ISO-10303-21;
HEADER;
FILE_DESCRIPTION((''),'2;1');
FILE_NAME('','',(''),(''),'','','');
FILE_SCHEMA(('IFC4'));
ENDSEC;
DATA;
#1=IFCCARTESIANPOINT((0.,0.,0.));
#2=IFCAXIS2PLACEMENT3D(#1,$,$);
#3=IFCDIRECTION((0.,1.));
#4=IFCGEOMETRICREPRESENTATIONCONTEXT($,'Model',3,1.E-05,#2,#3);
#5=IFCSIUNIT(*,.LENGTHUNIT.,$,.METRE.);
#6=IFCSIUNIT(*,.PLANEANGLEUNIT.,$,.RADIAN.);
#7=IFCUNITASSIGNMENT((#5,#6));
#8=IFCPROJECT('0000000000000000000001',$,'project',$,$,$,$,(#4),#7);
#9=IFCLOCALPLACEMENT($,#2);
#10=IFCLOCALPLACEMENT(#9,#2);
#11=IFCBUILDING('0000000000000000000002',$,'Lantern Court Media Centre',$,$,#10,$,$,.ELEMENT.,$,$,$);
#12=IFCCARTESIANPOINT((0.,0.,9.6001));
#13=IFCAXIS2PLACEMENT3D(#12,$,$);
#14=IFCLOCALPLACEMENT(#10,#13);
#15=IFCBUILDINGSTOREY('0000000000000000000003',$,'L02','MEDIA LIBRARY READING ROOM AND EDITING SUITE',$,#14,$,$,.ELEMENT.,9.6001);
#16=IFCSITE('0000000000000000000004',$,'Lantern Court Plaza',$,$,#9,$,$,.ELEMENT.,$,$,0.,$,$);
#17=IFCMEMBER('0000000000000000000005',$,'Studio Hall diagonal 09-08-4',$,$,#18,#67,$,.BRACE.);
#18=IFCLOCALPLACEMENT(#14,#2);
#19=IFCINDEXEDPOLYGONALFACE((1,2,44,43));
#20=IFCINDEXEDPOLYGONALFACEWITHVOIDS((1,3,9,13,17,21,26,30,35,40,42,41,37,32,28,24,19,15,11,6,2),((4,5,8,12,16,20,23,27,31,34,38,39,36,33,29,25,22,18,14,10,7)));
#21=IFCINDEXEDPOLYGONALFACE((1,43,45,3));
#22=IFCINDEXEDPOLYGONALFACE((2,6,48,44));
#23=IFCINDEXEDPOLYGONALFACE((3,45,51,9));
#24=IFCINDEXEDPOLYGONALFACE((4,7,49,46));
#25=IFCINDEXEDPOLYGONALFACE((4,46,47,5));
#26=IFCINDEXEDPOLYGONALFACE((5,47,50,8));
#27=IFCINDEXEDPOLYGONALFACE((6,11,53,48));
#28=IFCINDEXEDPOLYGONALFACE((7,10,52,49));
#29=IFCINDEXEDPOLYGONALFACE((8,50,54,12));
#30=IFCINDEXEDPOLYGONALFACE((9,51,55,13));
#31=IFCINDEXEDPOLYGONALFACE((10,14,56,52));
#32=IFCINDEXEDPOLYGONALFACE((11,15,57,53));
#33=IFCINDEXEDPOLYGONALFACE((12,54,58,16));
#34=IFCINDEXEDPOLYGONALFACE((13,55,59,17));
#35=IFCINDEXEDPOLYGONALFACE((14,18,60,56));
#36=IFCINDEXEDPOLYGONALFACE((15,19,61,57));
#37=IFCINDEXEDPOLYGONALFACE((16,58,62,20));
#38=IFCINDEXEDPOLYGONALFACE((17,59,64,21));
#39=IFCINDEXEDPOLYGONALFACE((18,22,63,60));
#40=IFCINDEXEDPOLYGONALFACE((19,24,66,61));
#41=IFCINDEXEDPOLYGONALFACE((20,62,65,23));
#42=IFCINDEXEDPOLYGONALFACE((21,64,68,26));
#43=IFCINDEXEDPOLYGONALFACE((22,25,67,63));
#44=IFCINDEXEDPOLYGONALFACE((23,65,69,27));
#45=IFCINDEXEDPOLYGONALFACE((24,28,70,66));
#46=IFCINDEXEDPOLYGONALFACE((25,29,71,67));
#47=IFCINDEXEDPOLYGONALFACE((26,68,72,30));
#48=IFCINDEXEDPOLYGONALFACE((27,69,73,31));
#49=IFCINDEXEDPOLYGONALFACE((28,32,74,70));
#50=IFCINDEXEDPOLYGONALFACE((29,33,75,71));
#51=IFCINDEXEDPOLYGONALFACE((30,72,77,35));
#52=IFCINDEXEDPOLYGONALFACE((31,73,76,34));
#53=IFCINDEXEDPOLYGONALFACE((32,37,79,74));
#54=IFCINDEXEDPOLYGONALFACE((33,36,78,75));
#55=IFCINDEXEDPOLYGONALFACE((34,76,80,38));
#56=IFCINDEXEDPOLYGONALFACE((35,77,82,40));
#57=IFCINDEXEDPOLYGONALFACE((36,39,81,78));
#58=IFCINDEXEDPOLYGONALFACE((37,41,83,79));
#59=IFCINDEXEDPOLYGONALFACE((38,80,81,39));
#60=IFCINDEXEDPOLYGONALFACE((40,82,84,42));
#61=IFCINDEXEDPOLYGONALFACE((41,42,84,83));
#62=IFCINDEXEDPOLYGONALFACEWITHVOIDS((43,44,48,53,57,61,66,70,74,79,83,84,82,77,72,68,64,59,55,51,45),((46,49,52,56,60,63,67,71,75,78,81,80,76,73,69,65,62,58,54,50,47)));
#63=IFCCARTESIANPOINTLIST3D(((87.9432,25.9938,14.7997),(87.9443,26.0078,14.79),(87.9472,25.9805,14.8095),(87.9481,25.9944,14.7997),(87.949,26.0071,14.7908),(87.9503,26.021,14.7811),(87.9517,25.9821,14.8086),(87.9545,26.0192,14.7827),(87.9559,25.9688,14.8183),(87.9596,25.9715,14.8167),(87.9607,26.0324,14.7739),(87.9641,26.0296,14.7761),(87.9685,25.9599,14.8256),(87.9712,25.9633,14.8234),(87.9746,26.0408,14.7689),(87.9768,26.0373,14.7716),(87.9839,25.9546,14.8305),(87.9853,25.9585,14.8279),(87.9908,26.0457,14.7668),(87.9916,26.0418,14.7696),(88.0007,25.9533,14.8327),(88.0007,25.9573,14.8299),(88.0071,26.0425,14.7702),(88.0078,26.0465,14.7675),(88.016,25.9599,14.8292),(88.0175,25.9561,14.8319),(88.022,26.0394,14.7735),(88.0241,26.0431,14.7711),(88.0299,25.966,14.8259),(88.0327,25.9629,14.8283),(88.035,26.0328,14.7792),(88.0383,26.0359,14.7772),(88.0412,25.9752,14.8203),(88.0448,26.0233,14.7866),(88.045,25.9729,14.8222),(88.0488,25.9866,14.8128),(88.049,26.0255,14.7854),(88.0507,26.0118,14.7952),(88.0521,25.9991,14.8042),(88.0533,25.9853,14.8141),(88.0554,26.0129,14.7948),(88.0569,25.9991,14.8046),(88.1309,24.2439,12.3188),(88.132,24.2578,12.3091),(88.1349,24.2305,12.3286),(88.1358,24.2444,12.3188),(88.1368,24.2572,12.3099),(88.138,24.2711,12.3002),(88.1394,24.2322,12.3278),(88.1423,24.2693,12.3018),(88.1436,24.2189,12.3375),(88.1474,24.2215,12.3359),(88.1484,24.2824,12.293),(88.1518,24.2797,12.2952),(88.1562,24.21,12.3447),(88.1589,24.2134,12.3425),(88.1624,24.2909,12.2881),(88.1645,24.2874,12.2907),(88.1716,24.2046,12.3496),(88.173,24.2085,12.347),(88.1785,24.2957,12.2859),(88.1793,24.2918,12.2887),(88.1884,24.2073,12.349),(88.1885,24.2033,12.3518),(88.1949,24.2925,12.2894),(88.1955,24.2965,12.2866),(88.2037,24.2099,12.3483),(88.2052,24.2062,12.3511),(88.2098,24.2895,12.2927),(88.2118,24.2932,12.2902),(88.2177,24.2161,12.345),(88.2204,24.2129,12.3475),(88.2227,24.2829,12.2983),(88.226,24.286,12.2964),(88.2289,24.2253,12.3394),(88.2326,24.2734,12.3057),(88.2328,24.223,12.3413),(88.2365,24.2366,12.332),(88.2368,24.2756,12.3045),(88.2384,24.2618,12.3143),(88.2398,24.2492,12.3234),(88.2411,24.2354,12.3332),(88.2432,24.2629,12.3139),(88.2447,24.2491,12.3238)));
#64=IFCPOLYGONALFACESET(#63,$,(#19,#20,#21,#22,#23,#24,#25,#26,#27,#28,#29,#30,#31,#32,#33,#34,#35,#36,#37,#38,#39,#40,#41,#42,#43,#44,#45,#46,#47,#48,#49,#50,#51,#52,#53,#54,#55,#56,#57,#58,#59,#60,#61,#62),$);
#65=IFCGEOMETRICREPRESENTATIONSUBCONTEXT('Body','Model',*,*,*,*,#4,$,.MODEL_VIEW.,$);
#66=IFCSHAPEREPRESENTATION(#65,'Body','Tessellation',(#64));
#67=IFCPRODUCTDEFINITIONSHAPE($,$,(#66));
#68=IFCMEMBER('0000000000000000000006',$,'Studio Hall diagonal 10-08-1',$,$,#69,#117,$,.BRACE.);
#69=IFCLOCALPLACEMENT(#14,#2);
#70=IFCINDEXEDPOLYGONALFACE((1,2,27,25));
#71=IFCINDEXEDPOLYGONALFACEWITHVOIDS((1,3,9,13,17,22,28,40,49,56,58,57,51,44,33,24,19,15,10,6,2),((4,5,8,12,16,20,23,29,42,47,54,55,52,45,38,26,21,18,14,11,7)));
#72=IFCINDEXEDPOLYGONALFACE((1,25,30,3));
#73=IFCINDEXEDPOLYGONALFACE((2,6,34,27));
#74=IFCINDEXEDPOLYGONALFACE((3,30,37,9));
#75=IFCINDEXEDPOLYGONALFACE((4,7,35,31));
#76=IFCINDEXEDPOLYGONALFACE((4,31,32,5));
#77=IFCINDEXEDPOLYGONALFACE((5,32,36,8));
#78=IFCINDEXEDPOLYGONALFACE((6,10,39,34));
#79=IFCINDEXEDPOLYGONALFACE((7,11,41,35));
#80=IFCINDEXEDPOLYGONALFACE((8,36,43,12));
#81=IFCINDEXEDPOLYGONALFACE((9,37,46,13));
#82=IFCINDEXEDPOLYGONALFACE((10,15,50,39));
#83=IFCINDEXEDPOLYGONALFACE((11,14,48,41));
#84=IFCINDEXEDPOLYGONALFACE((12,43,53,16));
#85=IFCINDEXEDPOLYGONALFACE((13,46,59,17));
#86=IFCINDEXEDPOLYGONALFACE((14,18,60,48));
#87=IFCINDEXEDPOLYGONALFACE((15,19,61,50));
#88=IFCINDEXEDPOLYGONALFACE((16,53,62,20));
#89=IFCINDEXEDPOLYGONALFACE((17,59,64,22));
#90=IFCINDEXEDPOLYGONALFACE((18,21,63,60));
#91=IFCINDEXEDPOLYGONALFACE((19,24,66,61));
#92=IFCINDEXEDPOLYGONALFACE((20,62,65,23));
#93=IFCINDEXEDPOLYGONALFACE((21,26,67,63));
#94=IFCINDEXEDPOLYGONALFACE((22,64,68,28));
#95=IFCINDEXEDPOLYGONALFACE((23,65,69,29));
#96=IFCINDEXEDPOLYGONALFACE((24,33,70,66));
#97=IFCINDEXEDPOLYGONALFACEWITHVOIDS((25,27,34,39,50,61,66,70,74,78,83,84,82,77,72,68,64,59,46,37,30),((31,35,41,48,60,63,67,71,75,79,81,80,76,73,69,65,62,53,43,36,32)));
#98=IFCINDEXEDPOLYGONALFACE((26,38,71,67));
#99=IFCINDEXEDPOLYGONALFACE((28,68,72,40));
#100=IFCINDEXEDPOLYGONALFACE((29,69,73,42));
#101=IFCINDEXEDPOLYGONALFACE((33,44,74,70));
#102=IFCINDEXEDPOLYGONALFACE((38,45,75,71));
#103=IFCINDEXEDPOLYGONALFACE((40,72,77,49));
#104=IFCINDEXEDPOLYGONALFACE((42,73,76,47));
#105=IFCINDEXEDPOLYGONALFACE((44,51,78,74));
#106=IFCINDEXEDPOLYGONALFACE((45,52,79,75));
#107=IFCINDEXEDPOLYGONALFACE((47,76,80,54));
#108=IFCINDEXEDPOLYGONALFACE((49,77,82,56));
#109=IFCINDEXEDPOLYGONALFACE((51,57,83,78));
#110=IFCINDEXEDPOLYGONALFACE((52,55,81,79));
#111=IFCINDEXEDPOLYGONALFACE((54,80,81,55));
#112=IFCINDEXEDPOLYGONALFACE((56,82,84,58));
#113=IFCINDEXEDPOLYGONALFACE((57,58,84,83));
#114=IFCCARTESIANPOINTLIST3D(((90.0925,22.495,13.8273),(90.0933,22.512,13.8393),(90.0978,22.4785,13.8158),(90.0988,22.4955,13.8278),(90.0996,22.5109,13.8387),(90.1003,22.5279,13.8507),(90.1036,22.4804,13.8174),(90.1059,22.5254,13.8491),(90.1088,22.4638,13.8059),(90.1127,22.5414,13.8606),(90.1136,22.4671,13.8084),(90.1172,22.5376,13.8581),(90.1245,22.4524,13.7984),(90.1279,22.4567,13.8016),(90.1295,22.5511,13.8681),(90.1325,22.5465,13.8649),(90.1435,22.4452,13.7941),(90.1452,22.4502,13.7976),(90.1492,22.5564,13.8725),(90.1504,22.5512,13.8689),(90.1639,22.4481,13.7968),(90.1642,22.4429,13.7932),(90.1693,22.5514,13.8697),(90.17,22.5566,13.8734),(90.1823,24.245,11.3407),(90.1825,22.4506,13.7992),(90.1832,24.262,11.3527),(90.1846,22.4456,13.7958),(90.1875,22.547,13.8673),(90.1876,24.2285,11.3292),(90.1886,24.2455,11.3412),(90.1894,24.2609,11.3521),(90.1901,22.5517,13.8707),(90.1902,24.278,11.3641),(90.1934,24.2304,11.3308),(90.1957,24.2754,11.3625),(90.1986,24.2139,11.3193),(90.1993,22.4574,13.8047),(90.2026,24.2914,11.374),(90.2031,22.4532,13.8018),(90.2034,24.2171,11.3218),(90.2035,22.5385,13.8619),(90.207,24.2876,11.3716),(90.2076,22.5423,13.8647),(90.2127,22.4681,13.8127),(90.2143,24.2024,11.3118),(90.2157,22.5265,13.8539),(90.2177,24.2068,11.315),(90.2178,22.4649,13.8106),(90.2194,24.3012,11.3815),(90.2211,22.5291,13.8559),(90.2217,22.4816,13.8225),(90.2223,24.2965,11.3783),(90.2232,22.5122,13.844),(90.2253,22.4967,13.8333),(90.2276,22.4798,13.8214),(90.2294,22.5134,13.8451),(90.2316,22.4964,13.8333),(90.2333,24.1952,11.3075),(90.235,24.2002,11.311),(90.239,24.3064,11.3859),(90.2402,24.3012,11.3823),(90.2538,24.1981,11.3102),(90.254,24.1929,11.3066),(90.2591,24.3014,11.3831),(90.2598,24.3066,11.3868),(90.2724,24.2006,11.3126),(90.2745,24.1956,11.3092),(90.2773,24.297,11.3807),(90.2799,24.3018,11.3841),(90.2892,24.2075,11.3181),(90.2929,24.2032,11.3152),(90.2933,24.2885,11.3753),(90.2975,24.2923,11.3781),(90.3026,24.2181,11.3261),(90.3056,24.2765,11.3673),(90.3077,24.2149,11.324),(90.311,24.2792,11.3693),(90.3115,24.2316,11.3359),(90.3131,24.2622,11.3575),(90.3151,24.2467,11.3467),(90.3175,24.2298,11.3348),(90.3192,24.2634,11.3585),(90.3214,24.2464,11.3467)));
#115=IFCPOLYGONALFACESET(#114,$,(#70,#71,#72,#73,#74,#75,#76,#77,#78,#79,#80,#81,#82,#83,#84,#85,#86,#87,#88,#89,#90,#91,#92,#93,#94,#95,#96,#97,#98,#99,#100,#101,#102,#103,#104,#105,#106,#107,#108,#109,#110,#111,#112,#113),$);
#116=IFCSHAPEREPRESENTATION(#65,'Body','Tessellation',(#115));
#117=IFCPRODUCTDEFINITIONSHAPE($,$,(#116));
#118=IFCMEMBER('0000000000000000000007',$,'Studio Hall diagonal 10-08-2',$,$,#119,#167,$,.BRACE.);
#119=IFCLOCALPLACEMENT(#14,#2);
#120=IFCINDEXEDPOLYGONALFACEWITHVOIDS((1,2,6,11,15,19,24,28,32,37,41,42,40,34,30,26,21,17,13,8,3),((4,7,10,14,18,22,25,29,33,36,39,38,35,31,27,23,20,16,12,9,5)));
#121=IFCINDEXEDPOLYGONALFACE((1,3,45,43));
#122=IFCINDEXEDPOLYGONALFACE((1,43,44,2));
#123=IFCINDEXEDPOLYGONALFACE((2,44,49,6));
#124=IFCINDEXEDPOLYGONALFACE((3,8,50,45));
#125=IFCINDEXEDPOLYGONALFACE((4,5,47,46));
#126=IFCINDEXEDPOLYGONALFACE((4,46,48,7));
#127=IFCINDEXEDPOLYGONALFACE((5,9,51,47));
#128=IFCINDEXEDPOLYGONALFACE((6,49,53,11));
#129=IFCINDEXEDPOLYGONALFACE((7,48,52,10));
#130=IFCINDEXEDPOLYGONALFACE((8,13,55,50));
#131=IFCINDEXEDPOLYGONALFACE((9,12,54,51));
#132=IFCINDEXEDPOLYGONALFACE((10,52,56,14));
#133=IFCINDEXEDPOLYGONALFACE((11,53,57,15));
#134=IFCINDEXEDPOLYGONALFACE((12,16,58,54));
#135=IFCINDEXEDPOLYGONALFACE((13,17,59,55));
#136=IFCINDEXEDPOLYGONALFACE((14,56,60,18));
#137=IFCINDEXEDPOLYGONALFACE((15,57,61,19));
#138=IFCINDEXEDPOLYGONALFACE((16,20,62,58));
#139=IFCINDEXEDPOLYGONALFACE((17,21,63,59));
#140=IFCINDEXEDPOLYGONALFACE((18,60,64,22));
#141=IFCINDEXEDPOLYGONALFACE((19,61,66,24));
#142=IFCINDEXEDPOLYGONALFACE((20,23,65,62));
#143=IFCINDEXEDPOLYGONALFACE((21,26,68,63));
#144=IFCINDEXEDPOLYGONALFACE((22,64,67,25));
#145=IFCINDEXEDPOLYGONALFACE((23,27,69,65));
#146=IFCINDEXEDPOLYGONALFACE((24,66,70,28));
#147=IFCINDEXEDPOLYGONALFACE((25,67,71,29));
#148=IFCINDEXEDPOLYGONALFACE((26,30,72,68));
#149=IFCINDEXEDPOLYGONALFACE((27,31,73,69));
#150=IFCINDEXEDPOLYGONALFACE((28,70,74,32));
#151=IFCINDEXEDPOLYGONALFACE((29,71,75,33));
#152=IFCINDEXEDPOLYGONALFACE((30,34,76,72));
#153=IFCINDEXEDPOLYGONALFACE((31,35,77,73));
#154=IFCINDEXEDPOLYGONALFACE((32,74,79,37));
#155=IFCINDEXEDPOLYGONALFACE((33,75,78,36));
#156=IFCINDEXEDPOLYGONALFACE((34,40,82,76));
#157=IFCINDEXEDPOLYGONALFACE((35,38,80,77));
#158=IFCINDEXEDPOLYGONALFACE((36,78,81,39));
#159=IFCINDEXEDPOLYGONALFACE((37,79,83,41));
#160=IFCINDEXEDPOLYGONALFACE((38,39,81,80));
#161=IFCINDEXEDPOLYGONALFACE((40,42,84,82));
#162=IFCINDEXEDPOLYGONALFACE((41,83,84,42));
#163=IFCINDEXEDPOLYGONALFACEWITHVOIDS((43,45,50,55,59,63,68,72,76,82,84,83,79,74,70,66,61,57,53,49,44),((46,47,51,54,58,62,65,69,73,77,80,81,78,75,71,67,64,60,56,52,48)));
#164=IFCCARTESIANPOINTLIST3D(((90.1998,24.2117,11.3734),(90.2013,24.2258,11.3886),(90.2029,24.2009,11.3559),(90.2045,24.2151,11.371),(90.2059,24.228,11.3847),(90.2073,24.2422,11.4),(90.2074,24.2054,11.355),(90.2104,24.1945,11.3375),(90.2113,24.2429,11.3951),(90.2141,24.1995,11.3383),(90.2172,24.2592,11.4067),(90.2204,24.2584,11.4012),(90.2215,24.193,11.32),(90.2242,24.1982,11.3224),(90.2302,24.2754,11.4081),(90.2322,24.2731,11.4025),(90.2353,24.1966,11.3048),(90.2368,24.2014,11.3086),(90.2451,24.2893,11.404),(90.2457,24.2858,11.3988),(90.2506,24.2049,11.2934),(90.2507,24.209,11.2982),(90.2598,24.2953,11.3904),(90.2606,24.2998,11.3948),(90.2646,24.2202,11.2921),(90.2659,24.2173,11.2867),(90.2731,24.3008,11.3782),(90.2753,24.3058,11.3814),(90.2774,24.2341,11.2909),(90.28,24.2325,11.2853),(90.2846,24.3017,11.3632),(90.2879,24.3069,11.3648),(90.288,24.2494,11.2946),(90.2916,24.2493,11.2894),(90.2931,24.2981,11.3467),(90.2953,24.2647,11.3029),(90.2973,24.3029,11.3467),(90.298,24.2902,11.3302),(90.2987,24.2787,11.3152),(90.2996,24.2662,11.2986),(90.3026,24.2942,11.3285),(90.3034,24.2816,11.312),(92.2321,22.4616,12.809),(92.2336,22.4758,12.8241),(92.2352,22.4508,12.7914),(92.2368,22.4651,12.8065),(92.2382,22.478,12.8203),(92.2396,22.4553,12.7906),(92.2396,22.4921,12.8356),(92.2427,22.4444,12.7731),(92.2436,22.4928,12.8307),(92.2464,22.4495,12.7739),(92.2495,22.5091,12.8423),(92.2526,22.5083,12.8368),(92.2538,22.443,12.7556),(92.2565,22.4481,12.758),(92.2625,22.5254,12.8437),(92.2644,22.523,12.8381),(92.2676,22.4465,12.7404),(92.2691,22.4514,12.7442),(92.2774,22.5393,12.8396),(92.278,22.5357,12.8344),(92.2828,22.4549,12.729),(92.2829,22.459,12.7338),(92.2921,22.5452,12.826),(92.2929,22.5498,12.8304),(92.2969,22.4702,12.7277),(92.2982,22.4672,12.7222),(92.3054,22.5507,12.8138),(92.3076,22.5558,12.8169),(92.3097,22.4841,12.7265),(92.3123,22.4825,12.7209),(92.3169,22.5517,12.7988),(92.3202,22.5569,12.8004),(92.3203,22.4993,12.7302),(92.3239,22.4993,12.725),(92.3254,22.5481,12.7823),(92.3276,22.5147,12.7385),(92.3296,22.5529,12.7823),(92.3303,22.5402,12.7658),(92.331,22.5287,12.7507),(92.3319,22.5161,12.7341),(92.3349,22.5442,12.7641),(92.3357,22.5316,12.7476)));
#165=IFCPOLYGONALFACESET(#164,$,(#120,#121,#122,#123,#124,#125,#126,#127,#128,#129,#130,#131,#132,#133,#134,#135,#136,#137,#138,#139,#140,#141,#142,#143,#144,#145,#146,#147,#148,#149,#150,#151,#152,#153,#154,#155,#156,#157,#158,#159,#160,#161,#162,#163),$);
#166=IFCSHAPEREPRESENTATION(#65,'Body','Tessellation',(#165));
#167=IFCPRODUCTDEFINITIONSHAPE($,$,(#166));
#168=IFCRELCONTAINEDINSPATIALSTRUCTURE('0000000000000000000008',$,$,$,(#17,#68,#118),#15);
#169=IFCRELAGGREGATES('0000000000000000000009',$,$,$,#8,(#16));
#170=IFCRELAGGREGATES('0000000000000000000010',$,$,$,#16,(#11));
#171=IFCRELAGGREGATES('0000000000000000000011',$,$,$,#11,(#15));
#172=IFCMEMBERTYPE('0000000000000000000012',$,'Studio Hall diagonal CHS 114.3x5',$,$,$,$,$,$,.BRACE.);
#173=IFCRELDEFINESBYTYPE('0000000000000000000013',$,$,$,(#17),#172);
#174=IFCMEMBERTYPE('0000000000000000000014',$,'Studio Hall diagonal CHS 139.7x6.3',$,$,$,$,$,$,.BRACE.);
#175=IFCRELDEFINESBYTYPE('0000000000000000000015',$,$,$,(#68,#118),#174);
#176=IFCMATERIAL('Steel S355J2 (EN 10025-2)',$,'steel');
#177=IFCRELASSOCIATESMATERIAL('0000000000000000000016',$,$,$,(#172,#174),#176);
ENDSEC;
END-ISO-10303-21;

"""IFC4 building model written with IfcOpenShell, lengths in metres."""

from ifc_helpers import new_model, si_unit, direction, frame, origin, origin_2d, place, context, subcontext, project, spatial, hollow_circle, extrude, material, material_profile, profile_set, type_object, element, save


model = new_model("IFC4")

# Units and contexts
model_context = context("Model", 3, precision=1e-05, world=origin(), true_north=direction((0.0, 1.0)))
body_context = subcontext(model_context, "Body", "Model", "MODEL_VIEW")
ifc_project = project(units=[si_unit("LENGTHUNIT", "METRE"), si_unit("PLANEANGLEUNIT", "RADIAN")], contexts=[model_context])

# Site, building, storey
site_placement = place(None, origin())
site = spatial("IfcSite", under=ifc_project, at=site_placement, Name="Lantern Court Plaza", CompositionType="ELEMENT", RefElevation=0.0)
building_placement = place(site_placement, origin())
building = spatial("IfcBuilding", under=site, at=building_placement, Name="Lantern Court Media Centre", CompositionType="ELEMENT")
storey_placement = place(building_placement, frame((0.0, 0.0, 9.6001)))
storey = spatial("IfcBuildingStorey", under=building, at=storey_placement, Name="L02", Description="MEDIA LIBRARY READING ROOM AND EDITING SUITE", CompositionType="ELEMENT", Elevation=9.6001)

# Members
ifc_material = material(Name="Steel S355J2 (EN 10025-2)", Category="steel")
ifc_material_profile_1 = material_profile(ifc_material, hollow_circle(Radius=0.0571, WallThickness=0.0049, at=origin_2d()), Name="Studio Hall diagonal CHS 114.3x5")
ifc_profile_set_1 = profile_set([ifc_material_profile_1], Name="Steel S355J2 (EN 10025-2)")
member_type_1 = type_object("IfcMemberType", Name="Studio Hall diagonal CHS 114.3x5", PredefinedType="BRACE", material=ifc_profile_set_1)
member_1_placement = place(storey_placement, frame((88.1877, 24.25, 12.3188), z_axis=(-0.06172, 0.575306, 0.815606), x_axis=(-0.994294, -0.10667, 0.0)))
element("IfcMember", 1, at=member_1_placement, inside=storey, type_object=member_type_1, Name="Studio Hall diagonal 09-08-4", PredefinedType="BRACE", context=body_context, shape_type="SweptSolid", body=[
    extrude(hollow_circle(Radius=0.0571, WallThickness=0.0049, at=origin_2d()), origin(), (0.0, 0.0, 1.0), 3.0417),
])
ifc_material_profile_2 = material_profile(ifc_material, hollow_circle(Radius=0.0698, WallThickness=0.0063, at=origin_2d()), Name="Studio Hall diagonal CHS 139.7x6.3")
ifc_profile_set_2 = profile_set([ifc_material_profile_2], Name="Steel S355J2 (EN 10025-2)")
member_type_2 = type_object("IfcMemberType", Name="Studio Hall diagonal CHS 139.7x6.3", PredefinedType="BRACE", material=ifc_profile_set_2)
for number, where, z_axis, x_axis, name in (
    (2, (90.2517, 24.25, 11.3467), (-0.029535, -0.575284, 0.81742), (0.998685, -0.051272, 0.0), "Studio Hall diagonal 10-08-1"),
    (3, (90.2517, 24.25, 11.3467), (0.668075, -0.575296, 0.471922), (0.652529, 0.757764, 0.0), "Studio Hall diagonal 10-08-2"),
):
    element("IfcMember", number, at=place(storey_placement, frame(where, z_axis=z_axis, x_axis=x_axis)), inside=storey, type_object=member_type_2, Name=name, PredefinedType="BRACE", context=body_context, shape_type="SweptSolid", body=[
        extrude(hollow_circle(Radius=0.0698, WallThickness=0.0063, at=origin_2d()), origin(), (0.0, 0.0, 1.0), 3.042),
    ])

save(model, "model.ifc")
